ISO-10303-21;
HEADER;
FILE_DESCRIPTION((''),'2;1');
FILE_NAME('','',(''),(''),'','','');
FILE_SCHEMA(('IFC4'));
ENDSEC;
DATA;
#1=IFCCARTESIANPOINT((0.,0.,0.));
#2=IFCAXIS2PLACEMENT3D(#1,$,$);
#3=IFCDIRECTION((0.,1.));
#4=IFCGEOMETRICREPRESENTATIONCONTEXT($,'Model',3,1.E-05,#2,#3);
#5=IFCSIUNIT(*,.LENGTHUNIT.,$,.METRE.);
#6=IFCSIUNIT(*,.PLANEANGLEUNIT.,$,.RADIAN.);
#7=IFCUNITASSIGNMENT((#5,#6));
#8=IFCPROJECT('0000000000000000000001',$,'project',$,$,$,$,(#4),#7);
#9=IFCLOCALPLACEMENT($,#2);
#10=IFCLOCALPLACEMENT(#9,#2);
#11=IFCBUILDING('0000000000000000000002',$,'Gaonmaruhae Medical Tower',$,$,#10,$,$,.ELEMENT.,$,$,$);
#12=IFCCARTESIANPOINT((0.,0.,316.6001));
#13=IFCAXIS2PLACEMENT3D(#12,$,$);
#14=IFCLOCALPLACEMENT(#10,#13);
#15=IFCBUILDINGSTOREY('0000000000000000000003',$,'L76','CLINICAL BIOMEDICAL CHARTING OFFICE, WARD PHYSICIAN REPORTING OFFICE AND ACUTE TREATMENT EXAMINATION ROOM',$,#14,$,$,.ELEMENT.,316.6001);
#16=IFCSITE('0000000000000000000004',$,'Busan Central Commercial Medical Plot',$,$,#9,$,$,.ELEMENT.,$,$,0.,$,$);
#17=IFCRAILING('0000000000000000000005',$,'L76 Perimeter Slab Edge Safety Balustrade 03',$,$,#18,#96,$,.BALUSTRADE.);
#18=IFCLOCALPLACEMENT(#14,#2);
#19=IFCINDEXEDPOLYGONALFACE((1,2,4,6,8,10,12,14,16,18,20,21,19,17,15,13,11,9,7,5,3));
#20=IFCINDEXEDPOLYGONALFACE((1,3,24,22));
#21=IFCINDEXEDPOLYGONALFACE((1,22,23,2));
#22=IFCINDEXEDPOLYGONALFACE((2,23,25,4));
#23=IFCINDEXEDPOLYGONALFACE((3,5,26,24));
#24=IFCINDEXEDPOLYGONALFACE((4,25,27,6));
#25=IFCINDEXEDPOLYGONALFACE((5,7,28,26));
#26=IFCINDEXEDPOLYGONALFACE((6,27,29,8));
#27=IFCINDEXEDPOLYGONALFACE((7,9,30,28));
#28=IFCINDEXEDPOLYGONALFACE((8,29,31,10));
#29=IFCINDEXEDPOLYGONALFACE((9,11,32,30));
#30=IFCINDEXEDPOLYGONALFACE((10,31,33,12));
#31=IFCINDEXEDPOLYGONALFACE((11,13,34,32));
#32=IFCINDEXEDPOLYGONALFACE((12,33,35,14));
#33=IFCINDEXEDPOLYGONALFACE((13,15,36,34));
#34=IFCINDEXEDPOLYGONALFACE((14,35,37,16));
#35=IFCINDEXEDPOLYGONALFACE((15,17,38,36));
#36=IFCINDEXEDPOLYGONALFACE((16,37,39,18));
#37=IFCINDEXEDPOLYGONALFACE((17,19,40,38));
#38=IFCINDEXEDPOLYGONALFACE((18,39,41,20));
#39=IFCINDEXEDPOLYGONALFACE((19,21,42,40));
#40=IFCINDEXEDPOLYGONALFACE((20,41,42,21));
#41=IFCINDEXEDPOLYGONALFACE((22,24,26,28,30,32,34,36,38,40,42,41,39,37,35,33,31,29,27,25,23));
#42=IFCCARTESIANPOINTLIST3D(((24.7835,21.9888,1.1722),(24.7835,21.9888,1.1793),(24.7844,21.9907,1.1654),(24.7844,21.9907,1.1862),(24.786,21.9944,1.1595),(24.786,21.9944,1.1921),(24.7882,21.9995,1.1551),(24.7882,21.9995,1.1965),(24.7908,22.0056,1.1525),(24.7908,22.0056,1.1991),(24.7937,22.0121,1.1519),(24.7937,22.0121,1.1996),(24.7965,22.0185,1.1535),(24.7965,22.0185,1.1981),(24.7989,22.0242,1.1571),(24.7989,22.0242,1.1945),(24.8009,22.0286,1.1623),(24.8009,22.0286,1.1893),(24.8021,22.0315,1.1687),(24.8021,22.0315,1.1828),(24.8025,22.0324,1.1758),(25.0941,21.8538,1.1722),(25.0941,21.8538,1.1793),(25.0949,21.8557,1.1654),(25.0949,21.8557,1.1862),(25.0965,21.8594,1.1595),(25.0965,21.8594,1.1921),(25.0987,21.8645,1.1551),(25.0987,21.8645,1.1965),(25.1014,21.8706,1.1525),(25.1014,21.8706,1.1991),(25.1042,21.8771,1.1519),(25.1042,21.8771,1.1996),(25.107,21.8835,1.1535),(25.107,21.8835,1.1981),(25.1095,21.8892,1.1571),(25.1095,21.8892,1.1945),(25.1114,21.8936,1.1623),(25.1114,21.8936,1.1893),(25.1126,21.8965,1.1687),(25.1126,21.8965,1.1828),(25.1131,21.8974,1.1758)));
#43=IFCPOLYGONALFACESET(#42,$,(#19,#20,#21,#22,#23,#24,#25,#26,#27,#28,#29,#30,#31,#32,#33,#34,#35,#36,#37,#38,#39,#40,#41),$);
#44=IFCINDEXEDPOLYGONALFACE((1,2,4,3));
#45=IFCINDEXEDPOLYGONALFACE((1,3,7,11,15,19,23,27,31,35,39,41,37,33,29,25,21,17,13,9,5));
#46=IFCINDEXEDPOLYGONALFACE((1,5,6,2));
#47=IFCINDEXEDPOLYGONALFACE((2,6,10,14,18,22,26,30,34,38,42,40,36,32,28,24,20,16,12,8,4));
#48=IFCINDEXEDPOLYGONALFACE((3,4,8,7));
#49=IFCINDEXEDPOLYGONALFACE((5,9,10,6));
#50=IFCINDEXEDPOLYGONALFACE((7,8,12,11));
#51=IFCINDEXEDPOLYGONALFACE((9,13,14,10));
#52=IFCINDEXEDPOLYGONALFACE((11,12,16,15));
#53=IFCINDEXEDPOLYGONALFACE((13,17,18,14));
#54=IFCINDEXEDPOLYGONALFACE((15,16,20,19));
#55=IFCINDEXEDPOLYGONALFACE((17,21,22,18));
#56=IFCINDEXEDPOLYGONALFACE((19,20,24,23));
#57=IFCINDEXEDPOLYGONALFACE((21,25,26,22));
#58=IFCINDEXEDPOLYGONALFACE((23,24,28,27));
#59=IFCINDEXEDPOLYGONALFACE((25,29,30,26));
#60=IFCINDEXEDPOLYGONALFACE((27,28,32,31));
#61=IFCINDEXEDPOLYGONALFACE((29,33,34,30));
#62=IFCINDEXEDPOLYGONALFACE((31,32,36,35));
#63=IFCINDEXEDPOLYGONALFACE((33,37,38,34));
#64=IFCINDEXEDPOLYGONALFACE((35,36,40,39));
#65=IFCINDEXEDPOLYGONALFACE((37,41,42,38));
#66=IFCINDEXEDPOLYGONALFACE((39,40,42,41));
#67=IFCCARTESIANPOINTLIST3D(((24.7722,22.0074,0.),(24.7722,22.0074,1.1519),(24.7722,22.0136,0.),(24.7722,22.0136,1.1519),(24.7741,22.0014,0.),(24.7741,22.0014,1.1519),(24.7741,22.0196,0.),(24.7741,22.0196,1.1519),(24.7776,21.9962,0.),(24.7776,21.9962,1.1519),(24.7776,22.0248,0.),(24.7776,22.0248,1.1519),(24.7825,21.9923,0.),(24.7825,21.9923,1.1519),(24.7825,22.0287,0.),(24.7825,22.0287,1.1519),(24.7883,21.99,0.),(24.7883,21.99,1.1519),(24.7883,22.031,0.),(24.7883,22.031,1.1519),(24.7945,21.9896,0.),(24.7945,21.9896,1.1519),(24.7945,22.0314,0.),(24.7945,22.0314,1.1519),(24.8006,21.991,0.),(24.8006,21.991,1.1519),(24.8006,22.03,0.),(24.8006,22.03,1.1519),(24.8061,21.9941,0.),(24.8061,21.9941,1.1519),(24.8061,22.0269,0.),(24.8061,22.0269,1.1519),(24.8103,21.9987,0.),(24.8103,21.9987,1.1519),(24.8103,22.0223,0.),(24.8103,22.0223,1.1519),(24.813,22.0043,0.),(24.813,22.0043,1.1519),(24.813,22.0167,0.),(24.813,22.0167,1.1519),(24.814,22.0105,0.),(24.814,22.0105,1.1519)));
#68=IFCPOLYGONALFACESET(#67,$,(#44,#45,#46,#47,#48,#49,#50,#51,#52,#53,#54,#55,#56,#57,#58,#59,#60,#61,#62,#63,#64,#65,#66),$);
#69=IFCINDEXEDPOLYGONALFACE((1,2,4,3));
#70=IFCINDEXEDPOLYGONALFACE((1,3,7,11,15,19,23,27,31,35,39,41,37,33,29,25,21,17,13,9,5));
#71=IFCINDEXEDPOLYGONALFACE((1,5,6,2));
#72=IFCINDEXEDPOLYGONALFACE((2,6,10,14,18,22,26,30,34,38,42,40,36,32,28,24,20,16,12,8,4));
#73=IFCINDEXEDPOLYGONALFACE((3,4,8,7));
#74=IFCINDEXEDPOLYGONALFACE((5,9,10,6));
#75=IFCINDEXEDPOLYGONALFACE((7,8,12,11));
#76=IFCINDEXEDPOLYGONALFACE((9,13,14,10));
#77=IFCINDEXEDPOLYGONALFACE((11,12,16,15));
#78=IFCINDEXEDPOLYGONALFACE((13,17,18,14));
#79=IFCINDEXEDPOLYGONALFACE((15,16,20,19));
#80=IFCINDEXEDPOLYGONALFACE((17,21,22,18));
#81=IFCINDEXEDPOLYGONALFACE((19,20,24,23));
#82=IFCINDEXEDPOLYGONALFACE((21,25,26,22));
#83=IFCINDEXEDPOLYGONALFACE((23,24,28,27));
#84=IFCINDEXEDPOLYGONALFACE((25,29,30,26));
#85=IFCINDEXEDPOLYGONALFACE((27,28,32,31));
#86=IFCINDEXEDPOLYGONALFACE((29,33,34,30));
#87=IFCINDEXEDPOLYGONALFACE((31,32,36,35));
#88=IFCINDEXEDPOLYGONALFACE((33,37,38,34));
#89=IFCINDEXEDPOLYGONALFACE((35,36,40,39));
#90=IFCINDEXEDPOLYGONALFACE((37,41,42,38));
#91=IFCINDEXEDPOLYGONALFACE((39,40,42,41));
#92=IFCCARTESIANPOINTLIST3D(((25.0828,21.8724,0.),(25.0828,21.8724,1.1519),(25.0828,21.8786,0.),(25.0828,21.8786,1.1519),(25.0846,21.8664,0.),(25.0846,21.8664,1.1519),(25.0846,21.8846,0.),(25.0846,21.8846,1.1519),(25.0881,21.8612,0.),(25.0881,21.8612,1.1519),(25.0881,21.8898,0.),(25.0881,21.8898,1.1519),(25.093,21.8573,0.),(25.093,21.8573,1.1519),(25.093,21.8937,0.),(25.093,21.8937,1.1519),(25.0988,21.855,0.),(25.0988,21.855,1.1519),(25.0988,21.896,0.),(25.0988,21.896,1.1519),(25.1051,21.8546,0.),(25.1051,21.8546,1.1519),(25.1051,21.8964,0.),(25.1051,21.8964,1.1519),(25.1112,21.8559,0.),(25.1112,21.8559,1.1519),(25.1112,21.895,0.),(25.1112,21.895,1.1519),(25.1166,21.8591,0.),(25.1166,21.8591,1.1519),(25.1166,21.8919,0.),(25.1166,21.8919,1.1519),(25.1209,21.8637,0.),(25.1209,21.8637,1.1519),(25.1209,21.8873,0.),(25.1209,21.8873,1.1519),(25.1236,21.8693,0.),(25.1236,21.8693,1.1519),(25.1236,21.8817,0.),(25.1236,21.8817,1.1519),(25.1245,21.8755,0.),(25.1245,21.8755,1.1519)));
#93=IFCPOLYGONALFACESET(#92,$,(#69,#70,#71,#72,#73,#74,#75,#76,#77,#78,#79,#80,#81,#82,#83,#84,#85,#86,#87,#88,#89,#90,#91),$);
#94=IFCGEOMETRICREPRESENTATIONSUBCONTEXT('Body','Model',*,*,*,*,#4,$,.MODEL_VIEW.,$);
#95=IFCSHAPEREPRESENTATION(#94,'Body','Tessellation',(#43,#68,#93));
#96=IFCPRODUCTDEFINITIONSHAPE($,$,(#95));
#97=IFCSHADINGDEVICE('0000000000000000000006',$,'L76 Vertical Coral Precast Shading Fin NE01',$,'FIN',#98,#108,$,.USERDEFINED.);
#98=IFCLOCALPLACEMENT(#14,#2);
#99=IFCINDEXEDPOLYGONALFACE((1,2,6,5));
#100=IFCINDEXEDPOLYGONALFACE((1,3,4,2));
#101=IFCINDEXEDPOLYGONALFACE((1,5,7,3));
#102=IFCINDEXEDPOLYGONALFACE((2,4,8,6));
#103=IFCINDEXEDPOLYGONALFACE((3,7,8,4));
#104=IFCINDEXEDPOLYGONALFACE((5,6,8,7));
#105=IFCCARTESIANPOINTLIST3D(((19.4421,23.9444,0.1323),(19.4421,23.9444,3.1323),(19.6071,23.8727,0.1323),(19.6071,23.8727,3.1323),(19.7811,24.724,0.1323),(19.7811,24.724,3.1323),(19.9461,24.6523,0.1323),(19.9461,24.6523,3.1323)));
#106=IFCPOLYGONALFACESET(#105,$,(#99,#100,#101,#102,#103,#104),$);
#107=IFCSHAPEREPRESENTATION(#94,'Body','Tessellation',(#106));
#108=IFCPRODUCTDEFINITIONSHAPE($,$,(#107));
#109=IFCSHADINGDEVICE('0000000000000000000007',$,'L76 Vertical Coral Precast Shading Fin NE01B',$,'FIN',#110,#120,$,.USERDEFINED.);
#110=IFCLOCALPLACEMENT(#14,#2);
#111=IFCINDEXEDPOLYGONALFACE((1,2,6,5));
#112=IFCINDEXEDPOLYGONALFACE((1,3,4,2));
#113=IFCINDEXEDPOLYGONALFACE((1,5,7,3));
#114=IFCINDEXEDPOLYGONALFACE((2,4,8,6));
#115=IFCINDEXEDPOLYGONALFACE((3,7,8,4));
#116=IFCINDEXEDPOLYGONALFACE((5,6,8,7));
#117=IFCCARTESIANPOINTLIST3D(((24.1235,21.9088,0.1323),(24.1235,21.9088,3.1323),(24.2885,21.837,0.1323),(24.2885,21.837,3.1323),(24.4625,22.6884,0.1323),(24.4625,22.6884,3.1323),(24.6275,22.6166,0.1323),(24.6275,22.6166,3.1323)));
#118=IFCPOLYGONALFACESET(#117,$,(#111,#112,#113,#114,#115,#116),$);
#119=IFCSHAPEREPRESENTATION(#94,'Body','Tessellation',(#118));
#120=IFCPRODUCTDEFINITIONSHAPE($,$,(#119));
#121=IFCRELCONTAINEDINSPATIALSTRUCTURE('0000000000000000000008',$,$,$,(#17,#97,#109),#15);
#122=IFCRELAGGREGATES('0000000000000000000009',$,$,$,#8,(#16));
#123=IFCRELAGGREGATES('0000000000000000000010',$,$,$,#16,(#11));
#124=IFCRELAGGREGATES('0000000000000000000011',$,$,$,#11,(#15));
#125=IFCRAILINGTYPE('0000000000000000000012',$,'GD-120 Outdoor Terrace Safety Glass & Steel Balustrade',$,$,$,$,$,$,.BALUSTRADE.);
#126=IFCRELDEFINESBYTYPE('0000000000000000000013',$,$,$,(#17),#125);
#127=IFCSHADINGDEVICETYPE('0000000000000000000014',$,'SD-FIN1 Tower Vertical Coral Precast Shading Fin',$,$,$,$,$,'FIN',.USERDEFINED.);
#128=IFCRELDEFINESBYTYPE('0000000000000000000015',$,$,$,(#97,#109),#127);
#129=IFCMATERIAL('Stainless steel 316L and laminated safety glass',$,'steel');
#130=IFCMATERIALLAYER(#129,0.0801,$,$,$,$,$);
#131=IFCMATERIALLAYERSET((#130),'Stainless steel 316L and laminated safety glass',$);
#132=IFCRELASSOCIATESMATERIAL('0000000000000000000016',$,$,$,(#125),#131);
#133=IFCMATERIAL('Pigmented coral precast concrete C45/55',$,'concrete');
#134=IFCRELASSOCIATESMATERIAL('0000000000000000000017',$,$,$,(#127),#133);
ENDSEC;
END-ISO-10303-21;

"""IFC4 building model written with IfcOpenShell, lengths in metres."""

from ifc_helpers import new_model, si_unit, direction, frame, origin, origin_2d, place, context, subcontext, project, spatial, rectangle, circle, extrude, material, layer, layer_set, type_object, element, save


model = new_model("IFC4")

# Units and contexts
model_context = context("Model", 3, precision=1e-05, world=origin(), true_north=direction((0.0, 1.0)))
body_context = subcontext(model_context, "Body", "Model", "MODEL_VIEW")
ifc_project = project(units=[si_unit("LENGTHUNIT", "METRE"), si_unit("PLANEANGLEUNIT", "RADIAN")], contexts=[model_context])

# Site, building, storey
site_placement = place(None, origin())
site = spatial("IfcSite", under=ifc_project, at=site_placement, Name="Busan Central Commercial Medical Plot", CompositionType="ELEMENT", RefElevation=0.0)
building_placement = place(site_placement, origin())
building = spatial("IfcBuilding", under=site, at=building_placement, Name="Gaonmaruhae Medical Tower", CompositionType="ELEMENT")
storey_placement = place(building_placement, frame((0.0, 0.0, 316.6001)))
storey = spatial("IfcBuildingStorey", under=building, at=storey_placement, Name="L76", Description="CLINICAL BIOMEDICAL CHARTING OFFICE, WARD PHYSICIAN REPORTING OFFICE AND ACUTE TREATMENT EXAMINATION ROOM", CompositionType="ELEMENT", Elevation=316.6001)

# Railing
ifc_material_1 = material(Name="Stainless steel 316L and laminated safety glass", Category="steel")
ifc_layer_1 = layer(ifc_material_1, 0.0801)
ifc_layer_set_1 = layer_set([ifc_layer_1], Name="Stainless steel 316L and laminated safety glass")
railing_type_1 = type_object("IfcRailingType", Name="GD-120 Outdoor Terrace Safety Glass & Steel Balustrade", PredefinedType="BALUSTRADE", material=ifc_layer_set_1)
railing_1_placement = place(storey_placement, frame((24.793, 22.0105, 0.0)))
element("IfcRailing", 1, at=railing_1_placement, inside=storey, type_object=railing_type_1, Name="L76 Perimeter Slab Edge Safety Balustrade 03", PredefinedType="BALUSTRADE", context=body_context, shape_type="SweptSolid", body=[
    extrude(circle(Radius=0.0239, at=origin_2d()), frame((0.0, 0.0, 1.1758), z_axis=(0.917082, -0.3987, 0.0), x_axis=(0.3987, 0.917082, 0.0)), (0.0, 0.0, 1.0), 0.3386),
    extrude(circle(Radius=0.021, at=origin_2d()), origin(), (0.0, 0.0, 1.0), 1.1519),
    extrude(circle(Radius=0.021, at=origin_2d()), frame((0.3105, -0.135, 0.0)), (0.0, 0.0, 1.0), 1.1519),
])

# Shading devices
ifc_material_2 = material(Name="Pigmented coral precast concrete C45/55", Category="concrete")
shading_device_type = type_object("IfcShadingDeviceType", Name="SD-FIN1 Tower Vertical Coral Precast Shading Fin", ElementType="FIN", PredefinedType="USERDEFINED", material=ifc_material_2)
for number, where, z_axis, x_axis, name in (
    (2, (19.6941, 24.2983, 0.1323), (0.0, 0.0, 1.0), (0.91706, -0.398749, 0.0), "L76 Vertical Coral Precast Shading Fin NE01"),
    (3, (24.3755, 22.2627, 0.1323), (0.0, 0.0, 1.0), (0.91706, -0.398749, 0.0), "L76 Vertical Coral Precast Shading Fin NE01B"),
):
    element("IfcShadingDevice", number, at=place(storey_placement, frame(where, z_axis=z_axis, x_axis=x_axis)), inside=storey, type_object=shading_device_type, Name=name, ObjectType="FIN", PredefinedType="USERDEFINED", context=body_context, shape_type="SweptSolid", body=[
        extrude(rectangle(XDim=0.1799, YDim=0.8501, at=origin_2d()), origin(), (0.0, 0.0, 1.0), 3.0),
    ])

save(model, "model.ifc")
